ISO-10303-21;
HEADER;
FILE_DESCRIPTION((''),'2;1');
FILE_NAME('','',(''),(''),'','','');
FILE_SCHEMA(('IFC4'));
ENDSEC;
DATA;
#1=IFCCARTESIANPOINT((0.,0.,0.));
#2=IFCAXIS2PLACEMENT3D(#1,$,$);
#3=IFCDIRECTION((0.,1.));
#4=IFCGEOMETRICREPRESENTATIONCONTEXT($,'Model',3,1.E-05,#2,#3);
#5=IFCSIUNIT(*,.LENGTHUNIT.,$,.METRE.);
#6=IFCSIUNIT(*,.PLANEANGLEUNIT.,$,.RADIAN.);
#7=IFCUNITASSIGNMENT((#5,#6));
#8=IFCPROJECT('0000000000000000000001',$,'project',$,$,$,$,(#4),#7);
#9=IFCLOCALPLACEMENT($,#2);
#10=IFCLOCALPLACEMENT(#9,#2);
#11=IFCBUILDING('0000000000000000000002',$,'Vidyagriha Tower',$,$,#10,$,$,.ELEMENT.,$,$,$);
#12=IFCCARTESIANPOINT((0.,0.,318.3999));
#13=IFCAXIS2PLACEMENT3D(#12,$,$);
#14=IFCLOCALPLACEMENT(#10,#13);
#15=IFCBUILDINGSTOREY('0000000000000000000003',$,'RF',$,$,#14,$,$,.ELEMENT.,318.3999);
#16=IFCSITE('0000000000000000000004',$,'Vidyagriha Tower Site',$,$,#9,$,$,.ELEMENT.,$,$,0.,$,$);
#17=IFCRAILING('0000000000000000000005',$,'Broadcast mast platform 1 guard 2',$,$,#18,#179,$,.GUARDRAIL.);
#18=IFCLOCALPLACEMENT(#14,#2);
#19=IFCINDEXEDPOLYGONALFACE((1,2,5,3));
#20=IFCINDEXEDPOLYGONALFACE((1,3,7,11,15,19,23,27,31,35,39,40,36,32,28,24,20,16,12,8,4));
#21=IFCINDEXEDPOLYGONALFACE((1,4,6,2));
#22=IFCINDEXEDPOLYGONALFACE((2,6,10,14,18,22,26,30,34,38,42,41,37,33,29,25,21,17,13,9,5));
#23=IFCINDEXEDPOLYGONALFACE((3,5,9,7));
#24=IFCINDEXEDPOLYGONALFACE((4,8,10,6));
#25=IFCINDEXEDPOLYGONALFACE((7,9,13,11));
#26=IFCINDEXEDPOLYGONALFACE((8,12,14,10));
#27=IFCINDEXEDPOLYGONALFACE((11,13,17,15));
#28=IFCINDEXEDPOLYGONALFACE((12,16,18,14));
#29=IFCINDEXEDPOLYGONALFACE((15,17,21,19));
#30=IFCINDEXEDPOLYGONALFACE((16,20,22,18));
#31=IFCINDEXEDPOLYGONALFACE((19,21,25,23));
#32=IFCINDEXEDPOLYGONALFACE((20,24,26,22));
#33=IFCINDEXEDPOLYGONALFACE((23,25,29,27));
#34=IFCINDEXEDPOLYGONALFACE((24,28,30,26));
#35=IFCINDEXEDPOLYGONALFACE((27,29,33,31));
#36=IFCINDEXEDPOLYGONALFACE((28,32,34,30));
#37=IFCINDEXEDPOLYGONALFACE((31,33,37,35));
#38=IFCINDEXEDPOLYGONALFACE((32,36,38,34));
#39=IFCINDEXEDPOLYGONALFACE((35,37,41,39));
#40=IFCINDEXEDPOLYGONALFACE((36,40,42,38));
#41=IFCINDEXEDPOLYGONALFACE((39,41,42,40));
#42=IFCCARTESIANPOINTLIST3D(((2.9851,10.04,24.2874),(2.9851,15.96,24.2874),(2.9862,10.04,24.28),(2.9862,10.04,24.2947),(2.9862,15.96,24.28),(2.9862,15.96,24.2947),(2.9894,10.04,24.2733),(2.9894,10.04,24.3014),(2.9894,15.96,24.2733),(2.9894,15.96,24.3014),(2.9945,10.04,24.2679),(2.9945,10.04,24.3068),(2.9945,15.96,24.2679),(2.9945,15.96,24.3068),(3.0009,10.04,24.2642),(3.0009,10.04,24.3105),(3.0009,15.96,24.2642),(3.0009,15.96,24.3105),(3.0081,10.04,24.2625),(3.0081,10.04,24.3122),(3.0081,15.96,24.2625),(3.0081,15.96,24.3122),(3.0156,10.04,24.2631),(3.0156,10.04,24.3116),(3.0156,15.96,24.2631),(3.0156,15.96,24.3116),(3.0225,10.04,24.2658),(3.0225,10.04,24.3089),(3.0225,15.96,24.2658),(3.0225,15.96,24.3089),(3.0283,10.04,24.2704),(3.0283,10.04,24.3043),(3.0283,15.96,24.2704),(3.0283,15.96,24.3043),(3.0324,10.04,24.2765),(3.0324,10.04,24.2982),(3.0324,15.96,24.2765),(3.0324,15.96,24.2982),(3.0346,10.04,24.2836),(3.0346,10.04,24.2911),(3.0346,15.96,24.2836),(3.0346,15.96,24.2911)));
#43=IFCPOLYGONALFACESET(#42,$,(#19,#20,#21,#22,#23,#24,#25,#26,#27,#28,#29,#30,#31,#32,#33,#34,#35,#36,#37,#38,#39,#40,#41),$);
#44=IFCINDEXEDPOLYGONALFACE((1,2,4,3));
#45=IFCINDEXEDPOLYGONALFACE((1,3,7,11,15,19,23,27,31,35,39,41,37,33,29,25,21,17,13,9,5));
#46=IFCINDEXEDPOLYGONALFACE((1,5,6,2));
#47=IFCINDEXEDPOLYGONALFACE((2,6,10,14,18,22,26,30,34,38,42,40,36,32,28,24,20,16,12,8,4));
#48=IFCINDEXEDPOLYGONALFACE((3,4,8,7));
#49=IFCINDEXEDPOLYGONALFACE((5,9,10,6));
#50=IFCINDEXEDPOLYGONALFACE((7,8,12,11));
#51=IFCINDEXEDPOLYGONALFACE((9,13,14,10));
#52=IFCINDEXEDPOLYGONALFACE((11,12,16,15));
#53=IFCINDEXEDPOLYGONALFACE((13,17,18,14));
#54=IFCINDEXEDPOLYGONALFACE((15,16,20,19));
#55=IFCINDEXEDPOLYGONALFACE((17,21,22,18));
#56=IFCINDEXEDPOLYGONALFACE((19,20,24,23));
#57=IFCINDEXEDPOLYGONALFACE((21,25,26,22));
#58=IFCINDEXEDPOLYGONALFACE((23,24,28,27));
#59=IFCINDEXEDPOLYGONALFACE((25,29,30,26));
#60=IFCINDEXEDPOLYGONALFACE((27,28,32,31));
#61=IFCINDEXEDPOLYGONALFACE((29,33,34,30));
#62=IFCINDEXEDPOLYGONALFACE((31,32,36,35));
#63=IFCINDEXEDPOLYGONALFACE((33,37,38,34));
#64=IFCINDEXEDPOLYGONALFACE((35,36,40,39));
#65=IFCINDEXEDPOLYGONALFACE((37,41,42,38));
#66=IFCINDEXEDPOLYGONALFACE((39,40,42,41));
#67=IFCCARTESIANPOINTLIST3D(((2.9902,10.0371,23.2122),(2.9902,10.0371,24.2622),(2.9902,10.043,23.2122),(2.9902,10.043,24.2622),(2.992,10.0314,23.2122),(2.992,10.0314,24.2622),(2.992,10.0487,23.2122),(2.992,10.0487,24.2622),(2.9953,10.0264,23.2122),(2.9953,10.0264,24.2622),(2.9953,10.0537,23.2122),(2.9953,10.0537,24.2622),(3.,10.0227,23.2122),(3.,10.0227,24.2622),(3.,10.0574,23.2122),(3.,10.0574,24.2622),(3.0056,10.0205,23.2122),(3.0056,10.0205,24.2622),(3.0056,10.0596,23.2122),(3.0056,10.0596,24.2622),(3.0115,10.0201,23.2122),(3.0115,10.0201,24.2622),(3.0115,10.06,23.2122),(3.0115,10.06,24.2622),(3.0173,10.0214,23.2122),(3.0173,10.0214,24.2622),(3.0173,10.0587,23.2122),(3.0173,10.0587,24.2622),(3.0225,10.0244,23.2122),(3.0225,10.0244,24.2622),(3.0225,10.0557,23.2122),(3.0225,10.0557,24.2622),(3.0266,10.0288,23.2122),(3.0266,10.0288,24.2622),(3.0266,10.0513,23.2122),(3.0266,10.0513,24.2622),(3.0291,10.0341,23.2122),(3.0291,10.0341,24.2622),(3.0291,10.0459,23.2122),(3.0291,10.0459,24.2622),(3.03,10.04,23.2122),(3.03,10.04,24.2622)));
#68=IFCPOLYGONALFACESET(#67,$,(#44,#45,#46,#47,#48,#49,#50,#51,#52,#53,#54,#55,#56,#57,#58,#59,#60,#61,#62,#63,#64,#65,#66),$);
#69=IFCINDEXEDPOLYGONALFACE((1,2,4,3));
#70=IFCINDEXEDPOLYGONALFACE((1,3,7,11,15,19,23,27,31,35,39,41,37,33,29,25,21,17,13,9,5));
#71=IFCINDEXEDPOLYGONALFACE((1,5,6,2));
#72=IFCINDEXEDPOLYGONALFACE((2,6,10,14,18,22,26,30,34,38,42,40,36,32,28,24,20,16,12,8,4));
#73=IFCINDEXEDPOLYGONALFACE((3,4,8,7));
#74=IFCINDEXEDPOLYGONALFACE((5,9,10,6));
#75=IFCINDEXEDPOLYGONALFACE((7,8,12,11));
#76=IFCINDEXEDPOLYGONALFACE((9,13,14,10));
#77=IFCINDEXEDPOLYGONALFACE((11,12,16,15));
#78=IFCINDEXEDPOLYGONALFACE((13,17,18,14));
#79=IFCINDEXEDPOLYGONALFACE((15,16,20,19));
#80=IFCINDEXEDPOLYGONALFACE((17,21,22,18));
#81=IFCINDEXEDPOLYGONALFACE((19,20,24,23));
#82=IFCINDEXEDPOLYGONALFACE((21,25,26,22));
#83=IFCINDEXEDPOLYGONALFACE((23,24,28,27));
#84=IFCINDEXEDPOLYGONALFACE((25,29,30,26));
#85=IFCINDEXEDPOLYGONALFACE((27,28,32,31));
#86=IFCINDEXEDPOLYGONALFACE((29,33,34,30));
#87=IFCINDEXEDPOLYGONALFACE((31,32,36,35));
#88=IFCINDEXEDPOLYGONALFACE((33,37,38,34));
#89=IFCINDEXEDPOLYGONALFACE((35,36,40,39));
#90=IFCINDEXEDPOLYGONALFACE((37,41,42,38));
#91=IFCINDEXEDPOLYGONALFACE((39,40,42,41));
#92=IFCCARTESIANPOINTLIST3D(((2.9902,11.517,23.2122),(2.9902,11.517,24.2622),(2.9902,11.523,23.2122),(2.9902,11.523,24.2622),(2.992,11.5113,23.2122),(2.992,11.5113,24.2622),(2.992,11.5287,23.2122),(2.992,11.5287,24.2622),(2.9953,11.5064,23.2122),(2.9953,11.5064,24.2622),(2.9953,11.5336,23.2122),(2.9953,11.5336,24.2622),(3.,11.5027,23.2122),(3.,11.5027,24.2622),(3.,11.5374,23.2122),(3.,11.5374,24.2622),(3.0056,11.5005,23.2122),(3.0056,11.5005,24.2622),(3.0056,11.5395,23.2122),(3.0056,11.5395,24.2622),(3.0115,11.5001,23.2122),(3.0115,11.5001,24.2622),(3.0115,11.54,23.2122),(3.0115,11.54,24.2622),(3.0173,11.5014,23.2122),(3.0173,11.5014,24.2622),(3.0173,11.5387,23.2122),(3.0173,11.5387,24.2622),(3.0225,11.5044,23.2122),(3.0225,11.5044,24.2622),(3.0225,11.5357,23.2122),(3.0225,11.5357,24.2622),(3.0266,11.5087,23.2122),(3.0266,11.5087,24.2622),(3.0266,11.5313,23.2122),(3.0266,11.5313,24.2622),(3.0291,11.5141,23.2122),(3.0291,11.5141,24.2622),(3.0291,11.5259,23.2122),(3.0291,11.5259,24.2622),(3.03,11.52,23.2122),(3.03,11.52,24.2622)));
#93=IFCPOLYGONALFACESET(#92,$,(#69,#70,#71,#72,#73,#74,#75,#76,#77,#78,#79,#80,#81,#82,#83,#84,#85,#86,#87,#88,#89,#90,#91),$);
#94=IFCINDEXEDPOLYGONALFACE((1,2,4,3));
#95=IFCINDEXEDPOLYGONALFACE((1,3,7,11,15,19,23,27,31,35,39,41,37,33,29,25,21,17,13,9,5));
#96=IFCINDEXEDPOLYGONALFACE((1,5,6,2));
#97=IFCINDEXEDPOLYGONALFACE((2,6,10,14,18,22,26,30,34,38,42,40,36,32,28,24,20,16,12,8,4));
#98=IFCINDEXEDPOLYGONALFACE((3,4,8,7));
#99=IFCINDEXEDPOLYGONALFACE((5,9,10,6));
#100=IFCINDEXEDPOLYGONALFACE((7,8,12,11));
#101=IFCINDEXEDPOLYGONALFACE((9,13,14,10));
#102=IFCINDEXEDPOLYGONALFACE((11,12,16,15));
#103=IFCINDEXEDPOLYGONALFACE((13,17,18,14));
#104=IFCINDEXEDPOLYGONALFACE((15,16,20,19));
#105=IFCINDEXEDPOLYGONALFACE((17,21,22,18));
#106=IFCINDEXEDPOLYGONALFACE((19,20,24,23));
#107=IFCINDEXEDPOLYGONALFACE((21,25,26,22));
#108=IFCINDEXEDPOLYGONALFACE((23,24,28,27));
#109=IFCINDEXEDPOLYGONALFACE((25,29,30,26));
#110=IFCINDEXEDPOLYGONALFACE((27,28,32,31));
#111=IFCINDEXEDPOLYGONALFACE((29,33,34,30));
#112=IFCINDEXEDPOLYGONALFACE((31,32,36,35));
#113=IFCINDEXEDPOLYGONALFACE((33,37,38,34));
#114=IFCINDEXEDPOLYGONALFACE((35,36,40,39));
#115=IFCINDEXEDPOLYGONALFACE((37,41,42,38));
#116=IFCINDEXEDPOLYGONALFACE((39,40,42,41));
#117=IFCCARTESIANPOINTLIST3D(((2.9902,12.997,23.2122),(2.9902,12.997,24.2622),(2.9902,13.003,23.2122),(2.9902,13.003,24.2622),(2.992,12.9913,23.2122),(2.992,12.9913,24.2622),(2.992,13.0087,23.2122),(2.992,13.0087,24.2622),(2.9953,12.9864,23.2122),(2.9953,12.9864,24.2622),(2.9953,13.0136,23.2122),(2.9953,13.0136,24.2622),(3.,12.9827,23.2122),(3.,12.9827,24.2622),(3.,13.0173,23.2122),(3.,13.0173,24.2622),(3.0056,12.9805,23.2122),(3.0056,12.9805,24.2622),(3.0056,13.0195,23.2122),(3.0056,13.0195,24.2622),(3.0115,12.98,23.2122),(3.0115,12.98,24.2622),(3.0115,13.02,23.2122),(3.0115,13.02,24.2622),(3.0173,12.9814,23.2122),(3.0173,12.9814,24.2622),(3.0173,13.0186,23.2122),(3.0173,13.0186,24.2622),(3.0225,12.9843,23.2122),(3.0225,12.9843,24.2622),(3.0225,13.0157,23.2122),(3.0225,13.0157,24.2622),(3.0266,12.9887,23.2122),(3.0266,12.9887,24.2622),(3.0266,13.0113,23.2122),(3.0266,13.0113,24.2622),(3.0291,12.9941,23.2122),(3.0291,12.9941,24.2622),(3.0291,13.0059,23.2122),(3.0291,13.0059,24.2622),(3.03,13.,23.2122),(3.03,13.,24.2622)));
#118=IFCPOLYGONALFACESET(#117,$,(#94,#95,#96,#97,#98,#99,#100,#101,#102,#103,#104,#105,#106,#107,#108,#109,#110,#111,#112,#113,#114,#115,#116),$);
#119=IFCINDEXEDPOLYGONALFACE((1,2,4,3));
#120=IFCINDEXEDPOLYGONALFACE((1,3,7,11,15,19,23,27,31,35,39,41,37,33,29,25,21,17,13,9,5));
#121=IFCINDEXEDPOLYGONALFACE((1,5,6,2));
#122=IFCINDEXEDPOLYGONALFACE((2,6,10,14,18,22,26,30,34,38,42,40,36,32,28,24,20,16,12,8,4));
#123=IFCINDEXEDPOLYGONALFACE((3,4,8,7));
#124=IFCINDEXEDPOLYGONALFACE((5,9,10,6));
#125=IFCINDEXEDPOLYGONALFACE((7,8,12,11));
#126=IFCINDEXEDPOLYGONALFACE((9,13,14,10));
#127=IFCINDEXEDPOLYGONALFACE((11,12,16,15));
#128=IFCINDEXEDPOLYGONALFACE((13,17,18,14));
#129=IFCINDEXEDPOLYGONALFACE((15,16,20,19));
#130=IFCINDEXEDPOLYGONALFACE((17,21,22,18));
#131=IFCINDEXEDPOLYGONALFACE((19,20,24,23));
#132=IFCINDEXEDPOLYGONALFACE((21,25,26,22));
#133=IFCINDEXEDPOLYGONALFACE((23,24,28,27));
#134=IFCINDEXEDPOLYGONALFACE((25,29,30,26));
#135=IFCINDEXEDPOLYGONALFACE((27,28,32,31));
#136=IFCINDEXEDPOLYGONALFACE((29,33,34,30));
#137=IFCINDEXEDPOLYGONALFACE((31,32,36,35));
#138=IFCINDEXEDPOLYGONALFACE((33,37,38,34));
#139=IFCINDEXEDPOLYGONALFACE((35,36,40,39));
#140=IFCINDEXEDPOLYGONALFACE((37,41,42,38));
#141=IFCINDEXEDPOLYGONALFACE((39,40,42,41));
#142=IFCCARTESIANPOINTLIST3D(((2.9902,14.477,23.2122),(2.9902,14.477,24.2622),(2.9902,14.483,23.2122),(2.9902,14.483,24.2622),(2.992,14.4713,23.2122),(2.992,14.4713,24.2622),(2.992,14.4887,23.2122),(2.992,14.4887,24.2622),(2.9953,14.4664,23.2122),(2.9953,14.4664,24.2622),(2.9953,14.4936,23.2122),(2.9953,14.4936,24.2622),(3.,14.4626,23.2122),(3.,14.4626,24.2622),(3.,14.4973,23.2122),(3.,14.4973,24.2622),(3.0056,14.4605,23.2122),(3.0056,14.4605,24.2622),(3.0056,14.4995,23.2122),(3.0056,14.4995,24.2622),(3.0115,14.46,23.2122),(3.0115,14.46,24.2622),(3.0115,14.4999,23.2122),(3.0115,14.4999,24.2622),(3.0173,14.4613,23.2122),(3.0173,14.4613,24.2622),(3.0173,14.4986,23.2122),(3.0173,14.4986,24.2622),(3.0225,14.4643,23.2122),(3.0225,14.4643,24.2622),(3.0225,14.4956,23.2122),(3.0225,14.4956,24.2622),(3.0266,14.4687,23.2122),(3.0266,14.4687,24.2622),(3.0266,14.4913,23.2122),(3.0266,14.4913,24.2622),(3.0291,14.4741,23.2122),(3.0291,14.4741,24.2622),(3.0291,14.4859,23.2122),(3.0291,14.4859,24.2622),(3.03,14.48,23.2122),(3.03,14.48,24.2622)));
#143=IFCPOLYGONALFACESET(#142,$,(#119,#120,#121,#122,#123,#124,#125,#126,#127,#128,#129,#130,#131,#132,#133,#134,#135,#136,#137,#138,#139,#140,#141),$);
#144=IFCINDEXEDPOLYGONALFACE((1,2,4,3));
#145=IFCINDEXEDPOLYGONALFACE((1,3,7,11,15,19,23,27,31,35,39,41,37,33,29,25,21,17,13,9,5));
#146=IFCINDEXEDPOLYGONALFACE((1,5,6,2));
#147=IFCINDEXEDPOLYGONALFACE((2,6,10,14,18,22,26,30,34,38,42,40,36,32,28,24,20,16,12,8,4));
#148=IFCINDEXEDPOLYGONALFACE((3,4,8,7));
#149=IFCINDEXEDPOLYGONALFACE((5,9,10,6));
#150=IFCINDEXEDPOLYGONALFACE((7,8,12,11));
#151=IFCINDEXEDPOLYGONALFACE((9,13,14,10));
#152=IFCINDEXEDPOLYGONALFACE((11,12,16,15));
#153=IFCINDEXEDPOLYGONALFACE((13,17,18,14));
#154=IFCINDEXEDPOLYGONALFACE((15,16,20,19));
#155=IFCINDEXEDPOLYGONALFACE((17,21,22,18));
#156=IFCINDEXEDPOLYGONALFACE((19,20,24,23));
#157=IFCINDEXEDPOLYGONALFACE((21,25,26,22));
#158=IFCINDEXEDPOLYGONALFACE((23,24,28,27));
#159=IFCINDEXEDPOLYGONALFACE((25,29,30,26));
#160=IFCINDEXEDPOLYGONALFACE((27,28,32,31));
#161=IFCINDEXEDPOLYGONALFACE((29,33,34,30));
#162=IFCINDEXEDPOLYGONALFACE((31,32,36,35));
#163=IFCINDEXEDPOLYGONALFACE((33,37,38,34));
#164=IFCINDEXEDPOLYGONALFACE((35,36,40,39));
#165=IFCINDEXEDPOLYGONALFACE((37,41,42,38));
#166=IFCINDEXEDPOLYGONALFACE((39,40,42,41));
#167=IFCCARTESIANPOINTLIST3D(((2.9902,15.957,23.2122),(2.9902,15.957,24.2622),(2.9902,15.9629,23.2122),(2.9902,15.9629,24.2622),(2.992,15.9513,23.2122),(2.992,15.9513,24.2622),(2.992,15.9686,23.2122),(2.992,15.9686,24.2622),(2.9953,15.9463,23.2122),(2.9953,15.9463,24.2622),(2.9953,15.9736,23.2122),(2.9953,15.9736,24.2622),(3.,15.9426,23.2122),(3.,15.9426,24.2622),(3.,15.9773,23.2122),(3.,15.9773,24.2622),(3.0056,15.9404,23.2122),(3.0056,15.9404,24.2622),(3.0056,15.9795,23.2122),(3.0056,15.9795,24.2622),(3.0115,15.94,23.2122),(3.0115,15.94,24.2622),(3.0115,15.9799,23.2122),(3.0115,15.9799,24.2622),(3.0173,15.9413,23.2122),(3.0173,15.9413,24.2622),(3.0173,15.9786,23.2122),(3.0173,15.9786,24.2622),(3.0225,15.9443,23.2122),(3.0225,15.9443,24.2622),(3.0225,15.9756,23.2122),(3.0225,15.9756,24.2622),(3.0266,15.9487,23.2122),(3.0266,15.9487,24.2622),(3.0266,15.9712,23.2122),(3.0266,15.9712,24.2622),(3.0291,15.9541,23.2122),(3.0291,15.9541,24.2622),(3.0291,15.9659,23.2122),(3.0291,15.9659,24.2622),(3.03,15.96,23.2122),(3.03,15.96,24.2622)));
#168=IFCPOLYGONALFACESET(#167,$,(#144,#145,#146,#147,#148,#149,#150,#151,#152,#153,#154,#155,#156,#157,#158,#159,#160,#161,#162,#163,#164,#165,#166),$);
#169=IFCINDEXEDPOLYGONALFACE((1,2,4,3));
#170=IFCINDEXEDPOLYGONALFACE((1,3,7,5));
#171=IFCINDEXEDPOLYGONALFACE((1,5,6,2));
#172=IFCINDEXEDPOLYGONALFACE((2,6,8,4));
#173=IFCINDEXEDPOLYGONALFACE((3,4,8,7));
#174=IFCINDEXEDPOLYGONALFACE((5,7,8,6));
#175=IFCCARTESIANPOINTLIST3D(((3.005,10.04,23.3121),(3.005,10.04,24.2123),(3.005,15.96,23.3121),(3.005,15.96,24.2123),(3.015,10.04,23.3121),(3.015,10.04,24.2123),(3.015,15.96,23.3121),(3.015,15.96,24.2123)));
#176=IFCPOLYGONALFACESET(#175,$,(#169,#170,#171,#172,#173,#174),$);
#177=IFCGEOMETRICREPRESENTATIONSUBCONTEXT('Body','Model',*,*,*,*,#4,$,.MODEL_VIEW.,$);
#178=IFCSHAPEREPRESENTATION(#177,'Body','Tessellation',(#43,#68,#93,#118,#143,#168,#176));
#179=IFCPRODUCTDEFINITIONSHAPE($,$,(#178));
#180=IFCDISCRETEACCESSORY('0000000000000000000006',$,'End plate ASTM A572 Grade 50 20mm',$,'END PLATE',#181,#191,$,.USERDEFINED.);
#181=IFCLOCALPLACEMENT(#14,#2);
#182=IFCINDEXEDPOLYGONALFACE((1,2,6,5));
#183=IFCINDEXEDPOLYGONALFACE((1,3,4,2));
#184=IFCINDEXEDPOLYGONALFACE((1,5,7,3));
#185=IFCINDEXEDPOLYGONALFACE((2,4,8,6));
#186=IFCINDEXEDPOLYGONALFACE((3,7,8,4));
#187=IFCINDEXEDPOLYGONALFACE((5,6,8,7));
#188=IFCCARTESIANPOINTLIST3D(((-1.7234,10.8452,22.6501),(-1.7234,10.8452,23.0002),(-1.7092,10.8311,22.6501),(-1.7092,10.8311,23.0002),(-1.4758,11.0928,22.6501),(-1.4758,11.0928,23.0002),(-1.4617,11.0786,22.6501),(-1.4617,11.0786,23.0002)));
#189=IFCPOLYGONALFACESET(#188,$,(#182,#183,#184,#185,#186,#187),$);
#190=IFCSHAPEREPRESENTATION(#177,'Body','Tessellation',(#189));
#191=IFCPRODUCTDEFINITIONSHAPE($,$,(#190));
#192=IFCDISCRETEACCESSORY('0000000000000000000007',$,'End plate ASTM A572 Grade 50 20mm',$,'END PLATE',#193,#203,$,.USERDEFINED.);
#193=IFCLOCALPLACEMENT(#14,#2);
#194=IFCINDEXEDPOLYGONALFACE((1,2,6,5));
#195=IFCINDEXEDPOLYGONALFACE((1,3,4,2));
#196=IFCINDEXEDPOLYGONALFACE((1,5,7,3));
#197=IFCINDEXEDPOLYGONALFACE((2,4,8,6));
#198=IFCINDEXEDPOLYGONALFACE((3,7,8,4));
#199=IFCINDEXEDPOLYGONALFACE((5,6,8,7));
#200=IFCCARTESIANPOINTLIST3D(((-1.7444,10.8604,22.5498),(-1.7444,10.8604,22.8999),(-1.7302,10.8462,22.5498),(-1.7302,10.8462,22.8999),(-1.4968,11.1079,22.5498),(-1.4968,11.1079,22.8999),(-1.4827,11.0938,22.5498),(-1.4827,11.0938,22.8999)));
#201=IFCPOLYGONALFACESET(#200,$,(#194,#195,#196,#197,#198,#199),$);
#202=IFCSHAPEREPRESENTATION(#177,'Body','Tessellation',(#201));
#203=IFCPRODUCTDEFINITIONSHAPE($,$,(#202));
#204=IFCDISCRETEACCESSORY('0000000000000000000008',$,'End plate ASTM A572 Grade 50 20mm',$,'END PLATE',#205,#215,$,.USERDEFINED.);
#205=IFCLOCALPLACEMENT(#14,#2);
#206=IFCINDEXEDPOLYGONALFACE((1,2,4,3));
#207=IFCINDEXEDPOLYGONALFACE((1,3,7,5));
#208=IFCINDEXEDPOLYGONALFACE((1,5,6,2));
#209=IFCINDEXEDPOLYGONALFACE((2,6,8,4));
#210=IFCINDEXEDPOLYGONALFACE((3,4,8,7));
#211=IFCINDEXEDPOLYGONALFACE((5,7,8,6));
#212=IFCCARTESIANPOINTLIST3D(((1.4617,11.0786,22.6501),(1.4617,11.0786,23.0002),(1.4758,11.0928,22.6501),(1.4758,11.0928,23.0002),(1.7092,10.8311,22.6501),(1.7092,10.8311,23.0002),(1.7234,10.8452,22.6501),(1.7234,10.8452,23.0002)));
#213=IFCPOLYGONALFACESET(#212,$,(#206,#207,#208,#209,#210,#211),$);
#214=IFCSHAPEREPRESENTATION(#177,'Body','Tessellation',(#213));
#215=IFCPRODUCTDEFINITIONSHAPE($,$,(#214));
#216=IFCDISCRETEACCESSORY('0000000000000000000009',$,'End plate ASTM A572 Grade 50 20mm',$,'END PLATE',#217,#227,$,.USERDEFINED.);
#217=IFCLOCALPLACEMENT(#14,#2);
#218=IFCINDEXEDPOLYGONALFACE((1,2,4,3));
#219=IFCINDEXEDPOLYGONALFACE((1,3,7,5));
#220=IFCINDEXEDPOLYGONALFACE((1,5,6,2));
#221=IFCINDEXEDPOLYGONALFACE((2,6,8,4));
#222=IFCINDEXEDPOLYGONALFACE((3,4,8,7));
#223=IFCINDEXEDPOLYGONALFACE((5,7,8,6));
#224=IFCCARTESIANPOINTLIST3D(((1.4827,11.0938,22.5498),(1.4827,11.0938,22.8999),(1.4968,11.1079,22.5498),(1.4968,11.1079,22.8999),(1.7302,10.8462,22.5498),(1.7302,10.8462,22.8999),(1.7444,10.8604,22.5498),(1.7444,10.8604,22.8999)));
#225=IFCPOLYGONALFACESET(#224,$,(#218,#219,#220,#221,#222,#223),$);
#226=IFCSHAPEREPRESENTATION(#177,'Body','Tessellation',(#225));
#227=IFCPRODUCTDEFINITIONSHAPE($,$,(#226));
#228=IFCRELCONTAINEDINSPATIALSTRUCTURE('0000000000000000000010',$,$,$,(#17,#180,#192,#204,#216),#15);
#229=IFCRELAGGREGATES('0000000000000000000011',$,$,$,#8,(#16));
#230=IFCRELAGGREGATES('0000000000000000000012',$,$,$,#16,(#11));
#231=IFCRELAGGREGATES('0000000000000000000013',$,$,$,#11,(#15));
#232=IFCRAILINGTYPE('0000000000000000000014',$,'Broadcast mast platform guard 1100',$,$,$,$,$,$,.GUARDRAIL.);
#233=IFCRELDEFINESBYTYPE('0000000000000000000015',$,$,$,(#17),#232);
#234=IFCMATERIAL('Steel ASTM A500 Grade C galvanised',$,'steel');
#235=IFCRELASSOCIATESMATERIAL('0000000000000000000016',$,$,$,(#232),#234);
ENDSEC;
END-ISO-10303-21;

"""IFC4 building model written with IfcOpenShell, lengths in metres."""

from ifc_helpers import new_model, si_unit, direction, frame, origin, origin_2d, place, context, subcontext, project, spatial, rectangle, circle, extrude, material, type_object, element, save


model = new_model("IFC4")

# Units and contexts
model_context = context("Model", 3, precision=1e-05, world=origin(), true_north=direction((0.0, 1.0)))
body_context = subcontext(model_context, "Body", "Model", "MODEL_VIEW")
ifc_project = project(units=[si_unit("LENGTHUNIT", "METRE"), si_unit("PLANEANGLEUNIT", "RADIAN")], contexts=[model_context])

# Site, building, storey
site_placement = place(None, origin())
site = spatial("IfcSite", under=ifc_project, at=site_placement, Name="Vidyagriha Tower Site", CompositionType="ELEMENT", RefElevation=0.0)
building_placement = place(site_placement, origin())
building = spatial("IfcBuilding", under=site, at=building_placement, Name="Vidyagriha Tower", CompositionType="ELEMENT")
storey_placement = place(building_placement, frame((0.0, 0.0, 318.3999)))
storey = spatial("IfcBuildingStorey", under=building, at=storey_placement, Name="RF", CompositionType="ELEMENT", Elevation=318.3999)

# Railing
ifc_material_1 = material(Name="Steel ASTM A500 Grade C galvanised", Category="steel")
railing_type = type_object("IfcRailingType", Name="Broadcast mast platform guard 1100", PredefinedType="GUARDRAIL", material=ifc_material_1)
railing_1_placement = place(storey_placement, frame((3.01, 10.04, 23.2122)))
element("IfcRailing", 1, at=railing_1_placement, inside=storey, type_object=railing_type, Name="Broadcast mast platform 1 guard 2", PredefinedType="GUARDRAIL", context=body_context, shape_type="SweptSolid", body=[
    extrude(circle(Radius=0.0249, at=origin_2d()), frame((0.0, 0.0, 1.0752), z_axis=(0.0, 1.0, 0.0), x_axis=(-1.0, 0.0, 0.0)), (0.0, 0.0, 1.0), 5.9199),
    extrude(circle(Radius=0.02, at=origin_2d()), origin(), (0.0, 0.0, 1.0), 1.05),
    extrude(circle(Radius=0.02, at=origin_2d()), frame((0.0, 1.48, 0.0)), (0.0, 0.0, 1.0), 1.05),
    extrude(circle(Radius=0.02, at=origin_2d()), frame((0.0, 2.96, 0.0)), (0.0, 0.0, 1.0), 1.05),
    extrude(circle(Radius=0.02, at=origin_2d()), frame((0.0, 4.4399, 0.0)), (0.0, 0.0, 1.0), 1.05),
    extrude(circle(Radius=0.02, at=origin_2d()), frame((0.0, 5.9199, 0.0)), (0.0, 0.0, 1.0), 1.05),
    extrude(rectangle(XDim=0.01, YDim=0.9001, at=origin_2d()), frame((0.0, 0.0, 0.55), z_axis=(0.0, 1.0, 0.0), x_axis=(-1.0, 0.0, 0.0)), (0.0, 0.0, 1.0), 5.9199),
])

# Discrete accessories
for number, where, z_axis, x_axis, name in (
    (2, (-1.5925, 10.9619, 22.6501), (0.0, 0.0, 1.0), (0.707107, 0.707107, 0.0), "End plate ASTM A572 Grade 50 20mm"),
    (3, (-1.6135, 10.9771, 22.5498), (0.0, 0.0, 1.0), (0.707107, 0.707107, 0.0), "End plate ASTM A572 Grade 50 20mm"),
    (4, (1.5925, 10.9619, 22.6501), (0.0, 0.0, 1.0), (-0.707107, 0.707107, 0.0), "End plate ASTM A572 Grade 50 20mm"),
    (5, (1.6135, 10.9771, 22.5498), (0.0, 0.0, 1.0), (-0.707107, 0.707107, 0.0), "End plate ASTM A572 Grade 50 20mm"),
):
    element("IfcDiscreteAccessory", number, at=place(storey_placement, frame(where, z_axis=z_axis, x_axis=x_axis)), inside=storey, Name=name, ObjectType="END PLATE", PredefinedType="USERDEFINED", context=body_context, shape_type="SweptSolid", body=[
        extrude(rectangle(XDim=0.3501, YDim=0.02, at=origin_2d()), origin(), (0.0, 0.0, 1.0), 0.3501),
    ])

save(model, "model.ifc")
